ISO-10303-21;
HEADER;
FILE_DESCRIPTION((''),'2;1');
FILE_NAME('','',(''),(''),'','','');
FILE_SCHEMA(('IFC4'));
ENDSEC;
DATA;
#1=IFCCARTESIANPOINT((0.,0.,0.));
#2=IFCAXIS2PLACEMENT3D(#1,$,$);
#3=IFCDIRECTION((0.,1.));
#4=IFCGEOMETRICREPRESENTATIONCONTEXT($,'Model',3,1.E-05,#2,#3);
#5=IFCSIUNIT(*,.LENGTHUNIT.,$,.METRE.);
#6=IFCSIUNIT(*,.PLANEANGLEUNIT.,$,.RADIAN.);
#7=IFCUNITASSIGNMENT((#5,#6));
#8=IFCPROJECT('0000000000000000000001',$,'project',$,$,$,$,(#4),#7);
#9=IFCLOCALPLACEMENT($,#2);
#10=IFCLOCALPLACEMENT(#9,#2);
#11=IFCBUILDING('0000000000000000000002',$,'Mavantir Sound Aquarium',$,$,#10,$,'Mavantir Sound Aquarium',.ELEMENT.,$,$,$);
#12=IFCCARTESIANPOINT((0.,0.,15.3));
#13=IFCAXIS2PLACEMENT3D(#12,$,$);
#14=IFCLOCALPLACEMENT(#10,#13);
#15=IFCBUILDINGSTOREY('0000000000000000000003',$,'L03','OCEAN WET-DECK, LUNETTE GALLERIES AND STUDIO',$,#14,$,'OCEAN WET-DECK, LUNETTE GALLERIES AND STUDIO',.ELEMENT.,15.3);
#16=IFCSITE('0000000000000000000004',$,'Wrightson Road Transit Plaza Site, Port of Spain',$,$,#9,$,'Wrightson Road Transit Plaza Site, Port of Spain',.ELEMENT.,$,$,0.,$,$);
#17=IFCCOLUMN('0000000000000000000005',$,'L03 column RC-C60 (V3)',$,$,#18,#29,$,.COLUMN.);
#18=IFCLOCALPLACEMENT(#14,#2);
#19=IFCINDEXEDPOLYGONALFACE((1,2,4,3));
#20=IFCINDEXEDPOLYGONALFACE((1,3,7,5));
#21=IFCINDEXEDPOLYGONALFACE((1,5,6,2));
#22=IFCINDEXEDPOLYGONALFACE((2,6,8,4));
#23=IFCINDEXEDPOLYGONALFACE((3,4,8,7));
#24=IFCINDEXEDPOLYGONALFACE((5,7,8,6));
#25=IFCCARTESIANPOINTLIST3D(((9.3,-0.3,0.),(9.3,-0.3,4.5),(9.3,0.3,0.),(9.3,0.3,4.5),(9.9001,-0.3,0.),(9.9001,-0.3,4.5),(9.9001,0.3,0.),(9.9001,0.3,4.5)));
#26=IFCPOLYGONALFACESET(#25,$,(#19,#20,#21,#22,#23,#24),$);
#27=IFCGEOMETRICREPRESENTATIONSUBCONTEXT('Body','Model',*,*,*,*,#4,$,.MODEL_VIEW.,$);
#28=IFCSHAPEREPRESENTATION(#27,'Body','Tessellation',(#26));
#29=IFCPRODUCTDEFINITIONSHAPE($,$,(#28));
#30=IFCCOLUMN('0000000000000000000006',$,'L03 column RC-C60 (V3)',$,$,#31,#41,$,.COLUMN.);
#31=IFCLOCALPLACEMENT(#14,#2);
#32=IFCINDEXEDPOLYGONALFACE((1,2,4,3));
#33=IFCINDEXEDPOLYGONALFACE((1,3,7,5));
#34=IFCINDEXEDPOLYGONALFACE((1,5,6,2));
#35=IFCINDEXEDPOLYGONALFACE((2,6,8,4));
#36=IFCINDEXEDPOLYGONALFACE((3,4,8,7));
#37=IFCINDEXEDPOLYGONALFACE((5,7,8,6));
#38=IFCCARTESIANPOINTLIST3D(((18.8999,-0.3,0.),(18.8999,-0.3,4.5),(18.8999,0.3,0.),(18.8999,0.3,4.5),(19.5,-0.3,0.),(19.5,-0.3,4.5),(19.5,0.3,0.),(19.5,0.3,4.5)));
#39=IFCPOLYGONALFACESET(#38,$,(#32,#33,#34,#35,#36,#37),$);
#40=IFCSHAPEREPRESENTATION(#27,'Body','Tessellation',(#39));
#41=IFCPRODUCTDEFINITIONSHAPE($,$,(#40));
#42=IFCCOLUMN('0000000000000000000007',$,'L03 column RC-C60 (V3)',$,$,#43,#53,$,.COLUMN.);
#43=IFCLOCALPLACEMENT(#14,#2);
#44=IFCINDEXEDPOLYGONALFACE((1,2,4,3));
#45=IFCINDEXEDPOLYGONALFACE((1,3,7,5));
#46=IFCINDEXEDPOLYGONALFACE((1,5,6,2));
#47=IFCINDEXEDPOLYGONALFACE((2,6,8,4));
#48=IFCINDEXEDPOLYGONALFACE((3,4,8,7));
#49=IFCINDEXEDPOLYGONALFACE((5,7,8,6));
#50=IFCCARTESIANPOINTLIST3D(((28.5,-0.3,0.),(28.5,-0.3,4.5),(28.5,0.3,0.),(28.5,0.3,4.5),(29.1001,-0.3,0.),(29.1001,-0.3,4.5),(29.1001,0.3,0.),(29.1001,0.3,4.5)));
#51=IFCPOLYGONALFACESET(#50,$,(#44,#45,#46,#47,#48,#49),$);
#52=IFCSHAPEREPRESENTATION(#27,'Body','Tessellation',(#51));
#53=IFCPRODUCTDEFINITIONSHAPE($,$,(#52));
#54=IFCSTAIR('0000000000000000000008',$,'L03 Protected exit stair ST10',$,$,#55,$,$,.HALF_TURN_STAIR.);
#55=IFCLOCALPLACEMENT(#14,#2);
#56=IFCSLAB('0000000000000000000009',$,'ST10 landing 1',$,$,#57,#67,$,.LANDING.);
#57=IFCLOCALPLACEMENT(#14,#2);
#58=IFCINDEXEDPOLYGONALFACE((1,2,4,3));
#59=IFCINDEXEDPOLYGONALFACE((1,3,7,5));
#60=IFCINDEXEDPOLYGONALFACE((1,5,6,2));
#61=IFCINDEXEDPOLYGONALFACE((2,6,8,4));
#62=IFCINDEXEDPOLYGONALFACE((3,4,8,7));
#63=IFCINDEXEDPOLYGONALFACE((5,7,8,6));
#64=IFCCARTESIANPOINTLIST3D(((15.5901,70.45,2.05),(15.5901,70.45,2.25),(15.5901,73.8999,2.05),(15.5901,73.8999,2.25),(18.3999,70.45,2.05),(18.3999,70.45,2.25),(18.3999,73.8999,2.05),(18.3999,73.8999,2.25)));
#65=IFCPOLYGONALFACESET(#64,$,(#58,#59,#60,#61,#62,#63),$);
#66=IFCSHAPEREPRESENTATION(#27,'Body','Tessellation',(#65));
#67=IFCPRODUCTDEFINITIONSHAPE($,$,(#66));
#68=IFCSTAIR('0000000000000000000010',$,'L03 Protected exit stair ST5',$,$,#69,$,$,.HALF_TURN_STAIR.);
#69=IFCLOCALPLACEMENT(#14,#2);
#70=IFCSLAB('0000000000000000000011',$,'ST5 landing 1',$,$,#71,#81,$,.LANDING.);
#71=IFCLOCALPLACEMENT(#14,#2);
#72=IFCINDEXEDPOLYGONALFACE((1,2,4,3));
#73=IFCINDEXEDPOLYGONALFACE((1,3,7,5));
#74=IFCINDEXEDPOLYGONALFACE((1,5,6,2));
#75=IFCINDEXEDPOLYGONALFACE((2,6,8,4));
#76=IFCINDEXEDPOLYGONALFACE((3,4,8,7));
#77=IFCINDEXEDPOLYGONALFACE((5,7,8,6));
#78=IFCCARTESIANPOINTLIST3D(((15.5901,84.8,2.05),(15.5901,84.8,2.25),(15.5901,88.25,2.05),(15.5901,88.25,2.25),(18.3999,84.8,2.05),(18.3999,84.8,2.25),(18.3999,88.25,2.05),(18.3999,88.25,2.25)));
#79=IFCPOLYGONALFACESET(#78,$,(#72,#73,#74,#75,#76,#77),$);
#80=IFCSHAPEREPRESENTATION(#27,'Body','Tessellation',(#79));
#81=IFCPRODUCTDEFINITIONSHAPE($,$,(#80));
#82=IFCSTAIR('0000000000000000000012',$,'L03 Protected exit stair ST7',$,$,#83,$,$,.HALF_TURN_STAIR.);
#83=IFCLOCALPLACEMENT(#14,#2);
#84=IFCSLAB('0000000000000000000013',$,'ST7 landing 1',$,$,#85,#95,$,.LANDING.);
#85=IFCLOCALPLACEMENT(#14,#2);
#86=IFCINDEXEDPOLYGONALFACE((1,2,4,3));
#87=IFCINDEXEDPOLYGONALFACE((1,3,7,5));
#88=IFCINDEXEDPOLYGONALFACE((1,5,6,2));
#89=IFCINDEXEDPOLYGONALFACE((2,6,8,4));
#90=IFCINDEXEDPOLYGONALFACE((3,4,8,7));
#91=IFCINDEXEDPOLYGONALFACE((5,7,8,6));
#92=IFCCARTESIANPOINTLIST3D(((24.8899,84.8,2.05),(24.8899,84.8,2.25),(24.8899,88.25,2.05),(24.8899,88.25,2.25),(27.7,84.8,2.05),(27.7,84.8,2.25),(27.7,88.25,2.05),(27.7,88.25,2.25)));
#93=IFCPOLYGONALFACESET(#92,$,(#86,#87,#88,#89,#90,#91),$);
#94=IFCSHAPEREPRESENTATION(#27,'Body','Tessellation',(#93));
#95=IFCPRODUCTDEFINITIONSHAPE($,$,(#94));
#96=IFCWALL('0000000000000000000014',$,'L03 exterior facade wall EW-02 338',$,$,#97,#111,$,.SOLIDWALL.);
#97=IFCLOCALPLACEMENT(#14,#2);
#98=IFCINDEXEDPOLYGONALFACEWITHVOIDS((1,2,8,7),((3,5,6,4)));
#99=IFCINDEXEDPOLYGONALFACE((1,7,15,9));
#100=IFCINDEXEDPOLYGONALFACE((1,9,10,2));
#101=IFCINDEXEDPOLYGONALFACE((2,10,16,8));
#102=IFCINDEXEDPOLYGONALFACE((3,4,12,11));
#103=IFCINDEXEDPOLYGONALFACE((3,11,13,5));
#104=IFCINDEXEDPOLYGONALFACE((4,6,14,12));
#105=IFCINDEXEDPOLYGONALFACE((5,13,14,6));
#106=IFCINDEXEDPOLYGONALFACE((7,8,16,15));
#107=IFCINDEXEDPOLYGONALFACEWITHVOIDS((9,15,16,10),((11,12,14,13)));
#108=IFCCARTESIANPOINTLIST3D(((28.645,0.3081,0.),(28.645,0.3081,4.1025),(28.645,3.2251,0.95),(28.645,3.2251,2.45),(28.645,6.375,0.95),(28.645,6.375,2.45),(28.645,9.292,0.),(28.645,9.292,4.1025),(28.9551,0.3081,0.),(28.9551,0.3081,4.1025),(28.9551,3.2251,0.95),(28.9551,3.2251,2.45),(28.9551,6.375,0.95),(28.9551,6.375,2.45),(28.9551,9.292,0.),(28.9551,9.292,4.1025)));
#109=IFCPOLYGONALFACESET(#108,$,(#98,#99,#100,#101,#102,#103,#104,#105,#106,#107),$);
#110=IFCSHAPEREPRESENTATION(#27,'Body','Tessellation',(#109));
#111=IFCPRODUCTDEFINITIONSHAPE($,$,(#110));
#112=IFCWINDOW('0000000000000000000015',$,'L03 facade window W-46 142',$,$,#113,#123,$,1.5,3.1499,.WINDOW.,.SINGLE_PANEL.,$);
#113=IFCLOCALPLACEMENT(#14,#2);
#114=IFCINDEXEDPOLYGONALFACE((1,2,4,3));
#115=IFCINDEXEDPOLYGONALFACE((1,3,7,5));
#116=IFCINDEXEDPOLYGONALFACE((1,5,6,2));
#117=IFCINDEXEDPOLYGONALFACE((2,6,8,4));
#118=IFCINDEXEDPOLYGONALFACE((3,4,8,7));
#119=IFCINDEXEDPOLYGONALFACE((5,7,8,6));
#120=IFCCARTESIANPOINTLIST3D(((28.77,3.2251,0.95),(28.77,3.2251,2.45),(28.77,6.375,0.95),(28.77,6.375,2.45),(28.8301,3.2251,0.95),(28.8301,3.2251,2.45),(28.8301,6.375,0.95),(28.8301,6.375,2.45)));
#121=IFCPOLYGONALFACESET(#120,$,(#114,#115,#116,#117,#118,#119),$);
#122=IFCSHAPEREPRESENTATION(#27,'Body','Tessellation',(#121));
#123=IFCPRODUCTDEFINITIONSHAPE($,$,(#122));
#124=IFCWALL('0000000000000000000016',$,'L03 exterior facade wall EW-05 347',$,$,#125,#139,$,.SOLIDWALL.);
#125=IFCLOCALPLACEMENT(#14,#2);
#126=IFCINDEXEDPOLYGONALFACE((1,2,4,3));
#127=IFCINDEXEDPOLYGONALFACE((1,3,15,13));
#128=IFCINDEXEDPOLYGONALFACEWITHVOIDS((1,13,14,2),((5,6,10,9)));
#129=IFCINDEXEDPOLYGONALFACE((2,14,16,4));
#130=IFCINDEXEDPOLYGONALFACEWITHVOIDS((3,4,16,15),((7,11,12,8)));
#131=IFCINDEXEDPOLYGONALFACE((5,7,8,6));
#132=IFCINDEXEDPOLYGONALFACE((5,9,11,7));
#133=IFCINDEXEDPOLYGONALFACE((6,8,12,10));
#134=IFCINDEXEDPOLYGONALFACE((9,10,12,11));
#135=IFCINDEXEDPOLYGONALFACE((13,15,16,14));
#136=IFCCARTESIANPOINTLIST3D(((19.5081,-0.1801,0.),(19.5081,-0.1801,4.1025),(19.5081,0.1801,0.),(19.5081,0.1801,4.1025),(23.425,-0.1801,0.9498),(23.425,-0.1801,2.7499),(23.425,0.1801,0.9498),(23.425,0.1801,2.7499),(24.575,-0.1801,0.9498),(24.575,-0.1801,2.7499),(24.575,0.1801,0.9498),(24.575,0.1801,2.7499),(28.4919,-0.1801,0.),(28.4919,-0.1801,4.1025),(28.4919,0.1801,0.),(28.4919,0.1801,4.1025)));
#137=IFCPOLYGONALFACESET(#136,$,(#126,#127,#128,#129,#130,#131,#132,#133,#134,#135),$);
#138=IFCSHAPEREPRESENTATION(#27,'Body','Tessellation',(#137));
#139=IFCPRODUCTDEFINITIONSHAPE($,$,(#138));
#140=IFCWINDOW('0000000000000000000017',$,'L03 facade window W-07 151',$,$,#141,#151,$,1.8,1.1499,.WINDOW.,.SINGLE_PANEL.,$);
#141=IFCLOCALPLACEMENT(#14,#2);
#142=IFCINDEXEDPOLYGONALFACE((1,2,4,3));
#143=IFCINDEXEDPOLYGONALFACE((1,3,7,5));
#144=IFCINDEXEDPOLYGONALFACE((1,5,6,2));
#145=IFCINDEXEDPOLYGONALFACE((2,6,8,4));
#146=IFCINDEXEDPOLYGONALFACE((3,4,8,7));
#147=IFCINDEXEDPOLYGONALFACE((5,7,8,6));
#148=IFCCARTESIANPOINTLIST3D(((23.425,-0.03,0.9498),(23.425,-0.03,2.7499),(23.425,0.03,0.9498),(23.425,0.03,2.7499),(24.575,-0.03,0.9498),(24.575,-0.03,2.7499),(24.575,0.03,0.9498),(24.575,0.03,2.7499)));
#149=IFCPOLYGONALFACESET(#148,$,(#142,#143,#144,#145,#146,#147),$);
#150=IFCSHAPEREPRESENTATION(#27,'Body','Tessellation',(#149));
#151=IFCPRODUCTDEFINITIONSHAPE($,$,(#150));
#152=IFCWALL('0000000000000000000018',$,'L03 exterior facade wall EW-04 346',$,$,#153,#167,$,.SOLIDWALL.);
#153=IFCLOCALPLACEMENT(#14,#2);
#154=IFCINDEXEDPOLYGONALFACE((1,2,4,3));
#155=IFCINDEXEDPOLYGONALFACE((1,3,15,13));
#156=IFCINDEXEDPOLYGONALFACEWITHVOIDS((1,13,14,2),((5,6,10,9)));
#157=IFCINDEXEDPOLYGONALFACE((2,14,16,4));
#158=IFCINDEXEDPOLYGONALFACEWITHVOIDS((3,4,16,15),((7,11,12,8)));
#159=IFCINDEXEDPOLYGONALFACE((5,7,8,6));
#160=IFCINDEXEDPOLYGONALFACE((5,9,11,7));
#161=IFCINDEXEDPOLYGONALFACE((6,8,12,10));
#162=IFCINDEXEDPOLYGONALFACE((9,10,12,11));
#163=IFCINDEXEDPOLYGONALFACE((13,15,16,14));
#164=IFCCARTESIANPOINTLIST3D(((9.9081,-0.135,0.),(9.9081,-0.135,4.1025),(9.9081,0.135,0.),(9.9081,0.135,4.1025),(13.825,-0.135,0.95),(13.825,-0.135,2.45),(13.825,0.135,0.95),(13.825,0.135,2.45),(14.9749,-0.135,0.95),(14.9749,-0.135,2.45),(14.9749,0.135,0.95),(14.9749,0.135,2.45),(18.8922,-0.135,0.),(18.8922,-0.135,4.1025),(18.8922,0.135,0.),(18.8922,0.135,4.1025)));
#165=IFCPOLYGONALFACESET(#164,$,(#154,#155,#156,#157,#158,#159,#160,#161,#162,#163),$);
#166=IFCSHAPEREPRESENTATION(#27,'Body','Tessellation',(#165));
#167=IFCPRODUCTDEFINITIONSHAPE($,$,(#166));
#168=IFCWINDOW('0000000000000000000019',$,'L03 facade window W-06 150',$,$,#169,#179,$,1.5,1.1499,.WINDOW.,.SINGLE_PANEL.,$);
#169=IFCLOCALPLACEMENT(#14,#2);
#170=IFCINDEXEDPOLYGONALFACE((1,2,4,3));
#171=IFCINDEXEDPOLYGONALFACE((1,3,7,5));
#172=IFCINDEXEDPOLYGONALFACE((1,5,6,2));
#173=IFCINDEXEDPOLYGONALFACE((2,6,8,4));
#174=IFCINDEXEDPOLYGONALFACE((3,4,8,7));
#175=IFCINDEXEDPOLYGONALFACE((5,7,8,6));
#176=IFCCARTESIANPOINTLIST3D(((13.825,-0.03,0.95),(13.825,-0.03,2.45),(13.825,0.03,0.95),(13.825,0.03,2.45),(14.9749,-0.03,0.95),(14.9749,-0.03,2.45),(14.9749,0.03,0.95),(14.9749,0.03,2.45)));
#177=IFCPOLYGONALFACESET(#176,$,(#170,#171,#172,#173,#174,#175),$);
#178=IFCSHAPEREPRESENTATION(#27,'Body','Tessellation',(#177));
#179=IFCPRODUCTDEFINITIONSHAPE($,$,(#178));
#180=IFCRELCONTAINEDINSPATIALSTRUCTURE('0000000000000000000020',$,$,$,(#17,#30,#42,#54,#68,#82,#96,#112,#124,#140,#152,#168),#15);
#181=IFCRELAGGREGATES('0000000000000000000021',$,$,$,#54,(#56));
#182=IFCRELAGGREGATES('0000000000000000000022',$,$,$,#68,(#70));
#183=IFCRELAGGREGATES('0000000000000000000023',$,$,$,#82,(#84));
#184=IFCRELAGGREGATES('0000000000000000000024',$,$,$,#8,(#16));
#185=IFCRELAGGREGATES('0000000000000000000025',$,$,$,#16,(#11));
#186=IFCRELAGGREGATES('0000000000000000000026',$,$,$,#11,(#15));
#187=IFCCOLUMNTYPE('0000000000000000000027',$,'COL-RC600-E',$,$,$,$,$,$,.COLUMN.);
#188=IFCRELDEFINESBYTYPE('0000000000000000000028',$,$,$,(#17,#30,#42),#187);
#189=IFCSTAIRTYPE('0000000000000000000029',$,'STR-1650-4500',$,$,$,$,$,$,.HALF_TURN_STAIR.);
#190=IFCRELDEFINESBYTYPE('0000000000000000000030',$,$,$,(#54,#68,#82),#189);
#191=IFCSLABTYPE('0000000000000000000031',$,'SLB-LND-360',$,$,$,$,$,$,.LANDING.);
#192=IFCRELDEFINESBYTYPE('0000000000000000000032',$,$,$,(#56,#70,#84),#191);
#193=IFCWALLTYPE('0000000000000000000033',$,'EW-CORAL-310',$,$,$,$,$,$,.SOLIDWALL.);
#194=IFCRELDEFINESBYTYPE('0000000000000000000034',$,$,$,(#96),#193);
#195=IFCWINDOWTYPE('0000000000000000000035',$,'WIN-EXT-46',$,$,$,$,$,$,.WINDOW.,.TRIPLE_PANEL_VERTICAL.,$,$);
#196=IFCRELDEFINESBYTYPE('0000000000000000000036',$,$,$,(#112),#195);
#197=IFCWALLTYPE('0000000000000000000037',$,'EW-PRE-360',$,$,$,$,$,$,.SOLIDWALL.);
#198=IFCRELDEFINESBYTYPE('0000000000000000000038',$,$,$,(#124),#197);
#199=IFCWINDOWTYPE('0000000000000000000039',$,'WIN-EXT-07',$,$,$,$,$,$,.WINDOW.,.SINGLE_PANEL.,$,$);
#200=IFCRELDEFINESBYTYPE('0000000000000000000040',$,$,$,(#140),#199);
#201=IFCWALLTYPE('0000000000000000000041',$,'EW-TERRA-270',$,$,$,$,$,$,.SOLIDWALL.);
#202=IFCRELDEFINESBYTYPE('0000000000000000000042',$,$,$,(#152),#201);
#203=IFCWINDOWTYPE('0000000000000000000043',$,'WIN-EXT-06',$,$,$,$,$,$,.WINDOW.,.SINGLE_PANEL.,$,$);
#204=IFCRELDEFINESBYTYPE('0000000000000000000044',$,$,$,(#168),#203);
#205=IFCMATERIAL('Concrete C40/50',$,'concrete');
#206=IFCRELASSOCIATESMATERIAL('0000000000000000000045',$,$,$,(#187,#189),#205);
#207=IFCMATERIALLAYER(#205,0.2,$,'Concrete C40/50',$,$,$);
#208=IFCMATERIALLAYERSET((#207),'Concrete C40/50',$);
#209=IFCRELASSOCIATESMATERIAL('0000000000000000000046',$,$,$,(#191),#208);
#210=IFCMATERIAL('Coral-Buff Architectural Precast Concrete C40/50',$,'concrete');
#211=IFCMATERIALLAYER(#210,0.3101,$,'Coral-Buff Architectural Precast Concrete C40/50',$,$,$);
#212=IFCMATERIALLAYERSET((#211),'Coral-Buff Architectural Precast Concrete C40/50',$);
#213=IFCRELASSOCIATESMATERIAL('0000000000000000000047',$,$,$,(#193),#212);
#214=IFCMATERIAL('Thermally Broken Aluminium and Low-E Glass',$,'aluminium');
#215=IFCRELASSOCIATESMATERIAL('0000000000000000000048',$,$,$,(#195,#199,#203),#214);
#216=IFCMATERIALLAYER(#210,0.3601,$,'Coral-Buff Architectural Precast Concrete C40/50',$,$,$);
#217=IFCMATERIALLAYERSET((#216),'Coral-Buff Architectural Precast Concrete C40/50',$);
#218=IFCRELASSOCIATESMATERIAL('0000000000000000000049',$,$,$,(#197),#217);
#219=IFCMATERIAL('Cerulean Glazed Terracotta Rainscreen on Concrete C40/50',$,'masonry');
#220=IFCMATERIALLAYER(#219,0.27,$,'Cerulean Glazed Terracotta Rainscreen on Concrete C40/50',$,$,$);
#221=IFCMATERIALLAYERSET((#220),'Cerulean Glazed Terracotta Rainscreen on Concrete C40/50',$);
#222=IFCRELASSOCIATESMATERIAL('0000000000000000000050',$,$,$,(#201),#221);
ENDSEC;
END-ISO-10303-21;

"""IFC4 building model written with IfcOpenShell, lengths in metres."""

from ifc_helpers import new_model, si_unit, direction, frame, frame_2d, origin, origin_2d, place, context, subcontext, project, spatial, polyline, rectangle, outline, extrude, material, layer, layer_set, material_profile, profile_set, type_object, element, fill, aggregate, save


model = new_model("IFC4")

# Units and contexts
model_context = context("Model", 3, precision=1e-05, world=origin(), true_north=direction((0.0, 1.0)))
body_context = subcontext(model_context, "Body", "Model", "MODEL_VIEW")
ifc_project = project(units=[si_unit("LENGTHUNIT", "METRE"), si_unit("PLANEANGLEUNIT", "RADIAN")], contexts=[model_context])

# Site, building, storey
site_placement = place(None, origin())
site = spatial("IfcSite", under=ifc_project, at=site_placement, Name="Wrightson Road Transit Plaza Site, Port of Spain", LongName="Wrightson Road Transit Plaza Site, Port of Spain", CompositionType="ELEMENT", RefElevation=0.0)
building_placement = place(site_placement, origin())
building = spatial("IfcBuilding", under=site, at=building_placement, Name="Mavantir Sound Aquarium", LongName="Mavantir Sound Aquarium", CompositionType="ELEMENT")
storey_placement = place(building_placement, frame((0.0, 0.0, 15.3)))
storey = spatial("IfcBuildingStorey", under=building, at=storey_placement, Name="L03", Description="OCEAN WET-DECK, LUNETTE GALLERIES AND STUDIO", LongName="OCEAN WET-DECK, LUNETTE GALLERIES AND STUDIO", CompositionType="ELEMENT", Elevation=15.3)

# Columns
ifc_material_1 = material(Name="Concrete C40/50", Category="concrete")
ifc_material_profile = material_profile(ifc_material_1, rectangle(XDim=0.6001, YDim=0.6001, at=origin_2d()), Name="RC 600X600")
ifc_profile_set = profile_set([ifc_material_profile], Name="Concrete C40/50")
column_type = type_object("IfcColumnType", Name="COL-RC600-E", PredefinedType="COLUMN", material=ifc_profile_set)
for number, where, z_axis, x_axis, name in (
    (1, (9.6001, 0.0, 0.0), (0.0, 0.0, 1.0), (1.0, 0.0, 0.0), "L03 column RC-C60 (V3)"),
    (2, (19.2, 0.0, 0.0), (0.0, 0.0, 1.0), (1.0, 0.0, 0.0), "L03 column RC-C60 (V3)"),
    (3, (28.8, 0.0, 0.0), (0.0, 0.0, 1.0), (1.0, 0.0, 0.0), "L03 column RC-C60 (V3)"),
):
    element("IfcColumn", number, at=place(storey_placement, frame(where, z_axis=z_axis, x_axis=x_axis)), inside=storey, type_object=column_type, Name=name, PredefinedType="COLUMN", context=body_context, shape_type="SweptSolid", body=[
        extrude(rectangle(XDim=0.6001, YDim=0.6001, at=origin_2d()), origin(), (0.0, 0.0, 1.0), 4.5),
    ])

# Stairs, slabs
stair_type = type_object("IfcStairType", Name="STR-1650-4500", PredefinedType="HALF_TURN_STAIR", material=ifc_material_1)
stair_1_placement = place(storey_placement, origin())
stair_1 = element("IfcStair", 4, at=stair_1_placement, inside=storey, type_object=stair_type, Name="L03 Protected exit stair ST10", PredefinedType="HALF_TURN_STAIR")
ifc_layer_1 = layer(ifc_material_1, 0.2, Name="Concrete C40/50")
ifc_layer_set_1 = layer_set([ifc_layer_1], Name="Concrete C40/50")
slab_type = type_object("IfcSlabType", Name="SLB-LND-360", PredefinedType="LANDING", material=ifc_layer_set_1)
slab_1_placement = place(storey_placement, frame((0.0, 0.0, 2.05)))
slab_1 = element("IfcSlab", 5, at=slab_1_placement, type_object=slab_type, Name="ST10 landing 1", PredefinedType="LANDING", context=body_context, shape_type="SweptSolid", body=[
    extrude(outline(polyline([(15.5901, 70.45), (18.3999, 70.45), (18.3999, 73.8999), (15.5901, 73.8999), (15.5901, 70.45)])), origin(), (0.0, 0.0, 1.0), 0.2),
])
aggregate(stair_1, [slab_1])
stair_2_placement = place(storey_placement, origin())
stair_2 = element("IfcStair", 6, at=stair_2_placement, inside=storey, type_object=stair_type, Name="L03 Protected exit stair ST5", PredefinedType="HALF_TURN_STAIR")
slab_2_placement = place(storey_placement, frame((0.0, 0.0, 2.05)))
slab_2 = element("IfcSlab", 7, at=slab_2_placement, type_object=slab_type, Name="ST5 landing 1", PredefinedType="LANDING", context=body_context, shape_type="SweptSolid", body=[
    extrude(outline(polyline([(15.5901, 84.8), (18.3999, 84.8), (18.3999, 88.25), (15.5901, 88.25), (15.5901, 84.8)])), origin(), (0.0, 0.0, 1.0), 0.2),
])
aggregate(stair_2, [slab_2])
stair_3_placement = place(storey_placement, origin())
stair_3 = element("IfcStair", 8, at=stair_3_placement, inside=storey, type_object=stair_type, Name="L03 Protected exit stair ST7", PredefinedType="HALF_TURN_STAIR")
slab_3_placement = place(storey_placement, frame((0.0, 0.0, 2.05)))
slab_3 = element("IfcSlab", 9, at=slab_3_placement, type_object=slab_type, Name="ST7 landing 1", PredefinedType="LANDING", context=body_context, shape_type="SweptSolid", body=[
    extrude(outline(polyline([(24.8899, 84.8), (27.7, 84.8), (27.7, 88.25), (24.8899, 88.25), (24.8899, 84.8)])), origin(), (0.0, 0.0, 1.0), 0.2),
])
aggregate(stair_3, [slab_3])

# Walls, openings, windows
ifc_material_2 = material(Name="Coral-Buff Architectural Precast Concrete C40/50", Category="concrete")
ifc_layer_2 = layer(ifc_material_2, 0.3101, Name="Coral-Buff Architectural Precast Concrete C40/50")
ifc_layer_set_2 = layer_set([ifc_layer_2], Name="Coral-Buff Architectural Precast Concrete C40/50")
wall_type_1 = type_object("IfcWallType", Name="EW-CORAL-310", PredefinedType="SOLIDWALL", material=ifc_layer_set_2)
wall_1_placement = place(storey_placement, frame((28.8, 0.3081, 0.0), z_axis=(0.0, 0.0, 1.0), x_axis=(0.0, 1.0, 0.0)))
wall_1 = element("IfcWall", 10, at=wall_1_placement, inside=storey, type_object=wall_type_1, Name="L03 exterior facade wall EW-02 338", PredefinedType="SOLIDWALL", context=body_context, shape_type="SweptSolid", body=[
    extrude(rectangle(XDim=8.9839, YDim=0.3101, at=frame_2d((4.4919, 0.0))), origin(), (0.0, 0.0, 1.0), 4.1025),
])
opening_1_placement = place(wall_1_placement, frame((2.917, 0.0, 0.95)))
opening_1 = element("IfcOpeningElement", 11, at=opening_1_placement, cuts=wall_1, PredefinedType="OPENING", context=body_context, shape_type="SweptSolid", body=[
    extrude(rectangle(XDim=3.1499, YDim=1.5, at=frame_2d((1.575, 0.75))), frame((0.0, 0.165, 0.0), z_axis=(0.0, -1.0, 0.0), x_axis=(1.0, 0.0, 0.0)), (0.0, 0.0, 1.0), 0.3301),
])
ifc_material_3 = material(Name="Thermally Broken Aluminium and Low-E Glass", Category="aluminium")
window_type_1 = type_object("IfcWindowType", Name="WIN-EXT-46", PartitioningType="TRIPLE_PANEL_VERTICAL", PredefinedType="WINDOW", material=ifc_material_3)
window_1_placement = place(opening_1_placement, origin())
window_1 = element("IfcWindow", 12, at=window_1_placement, inside=storey, type_object=window_type_1, Name="L03 facade window W-46 142", OverallHeight=1.5, OverallWidth=3.1499, PartitioningType="SINGLE_PANEL", PredefinedType="WINDOW", context=body_context, shape_type="SweptSolid", body=[
    extrude(rectangle(XDim=3.1499, YDim=1.5, at=frame_2d((1.575, 0.75))), frame((0.0, 0.03, 0.0), z_axis=(0.0, -1.0, 0.0), x_axis=(1.0, 0.0, 0.0)), (0.0, 0.0, 1.0), 0.0601),
])
fill(opening_1, window_1)
ifc_layer_3 = layer(ifc_material_2, 0.3601, Name="Coral-Buff Architectural Precast Concrete C40/50")
ifc_layer_set_3 = layer_set([ifc_layer_3], Name="Coral-Buff Architectural Precast Concrete C40/50")
wall_type_2 = type_object("IfcWallType", Name="EW-PRE-360", PredefinedType="SOLIDWALL", material=ifc_layer_set_3)
wall_2_placement = place(storey_placement, frame((19.5081, 0.0, 0.0), z_axis=(0.0, 0.0, 1.0), x_axis=(1.0, 0.0, 0.0)))
wall_2 = element("IfcWall", 13, at=wall_2_placement, inside=storey, type_object=wall_type_2, Name="L03 exterior facade wall EW-05 347", PredefinedType="SOLIDWALL", context=body_context, shape_type="SweptSolid", body=[
    extrude(rectangle(XDim=8.9839, YDim=0.3601, at=frame_2d((4.4919, 0.0))), origin(), (0.0, 0.0, 1.0), 4.1025),
])
opening_2_placement = place(wall_2_placement, frame((3.917, 0.0, 0.95)))
opening_2 = element("IfcOpeningElement", 14, at=opening_2_placement, cuts=wall_2, PredefinedType="OPENING", context=body_context, shape_type="SweptSolid", body=[
    extrude(rectangle(XDim=1.1499, YDim=1.8, at=frame_2d((0.575, 0.8999))), frame((0.0, 0.1899, 0.0), z_axis=(0.0, -1.0, 0.0), x_axis=(1.0, 0.0, 0.0)), (0.0, 0.0, 1.0), 0.3801),
])
window_type_2 = type_object("IfcWindowType", Name="WIN-EXT-07", PartitioningType="SINGLE_PANEL", PredefinedType="WINDOW", material=ifc_material_3)
window_2_placement = place(opening_2_placement, origin())
window_2 = element("IfcWindow", 15, at=window_2_placement, inside=storey, type_object=window_type_2, Name="L03 facade window W-07 151", OverallHeight=1.8, OverallWidth=1.1499, PartitioningType="SINGLE_PANEL", PredefinedType="WINDOW", context=body_context, shape_type="SweptSolid", body=[
    extrude(rectangle(XDim=1.1499, YDim=1.8, at=frame_2d((0.575, 0.8999))), frame((0.0, 0.03, 0.0), z_axis=(0.0, -1.0, 0.0), x_axis=(1.0, 0.0, 0.0)), (0.0, 0.0, 1.0), 0.0601),
])
fill(opening_2, window_2)
ifc_material_4 = material(Name="Cerulean Glazed Terracotta Rainscreen on Concrete C40/50", Category="masonry")
ifc_layer_4 = layer(ifc_material_4, 0.27, Name="Cerulean Glazed Terracotta Rainscreen on Concrete C40/50")
ifc_layer_set_4 = layer_set([ifc_layer_4], Name="Cerulean Glazed Terracotta Rainscreen on Concrete C40/50")
wall_type_3 = type_object("IfcWallType", Name="EW-TERRA-270", PredefinedType="SOLIDWALL", material=ifc_layer_set_4)
wall_3_placement = place(storey_placement, frame((9.908, 0.0, 0.0), z_axis=(0.0, 0.0, 1.0), x_axis=(1.0, 0.0, 0.0)))
wall_3 = element("IfcWall", 16, at=wall_3_placement, inside=storey, type_object=wall_type_3, Name="L03 exterior facade wall EW-04 346", PredefinedType="SOLIDWALL", context=body_context, shape_type="SweptSolid", body=[
    extrude(rectangle(XDim=8.9841, YDim=0.27, at=frame_2d((4.4922, 0.0))), origin(), (0.0, 0.0, 1.0), 4.1025),
])
opening_3_placement = place(wall_3_placement, frame((3.917, 0.0, 0.95)))
opening_3 = element("IfcOpeningElement", 17, at=opening_3_placement, cuts=wall_3, PredefinedType="OPENING", context=body_context, shape_type="SweptSolid", body=[
    extrude(rectangle(XDim=1.1499, YDim=1.5, at=frame_2d((0.575, 0.75))), frame((0.0, 0.145, 0.0), z_axis=(0.0, -1.0, 0.0), x_axis=(1.0, 0.0, 0.0)), (0.0, 0.0, 1.0), 0.29),
])
window_type_3 = type_object("IfcWindowType", Name="WIN-EXT-06", PartitioningType="SINGLE_PANEL", PredefinedType="WINDOW", material=ifc_material_3)
window_3_placement = place(opening_3_placement, origin())
window_3 = element("IfcWindow", 18, at=window_3_placement, inside=storey, type_object=window_type_3, Name="L03 facade window W-06 150", OverallHeight=1.5, OverallWidth=1.1499, PartitioningType="SINGLE_PANEL", PredefinedType="WINDOW", context=body_context, shape_type="SweptSolid", body=[
    extrude(rectangle(XDim=1.1499, YDim=1.5, at=frame_2d((0.575, 0.75))), frame((0.0, 0.03, 0.0), z_axis=(0.0, -1.0, 0.0), x_axis=(1.0, 0.0, 0.0)), (0.0, 0.0, 1.0), 0.0601),
])
fill(opening_3, window_3)

save(model, "model.ifc")
